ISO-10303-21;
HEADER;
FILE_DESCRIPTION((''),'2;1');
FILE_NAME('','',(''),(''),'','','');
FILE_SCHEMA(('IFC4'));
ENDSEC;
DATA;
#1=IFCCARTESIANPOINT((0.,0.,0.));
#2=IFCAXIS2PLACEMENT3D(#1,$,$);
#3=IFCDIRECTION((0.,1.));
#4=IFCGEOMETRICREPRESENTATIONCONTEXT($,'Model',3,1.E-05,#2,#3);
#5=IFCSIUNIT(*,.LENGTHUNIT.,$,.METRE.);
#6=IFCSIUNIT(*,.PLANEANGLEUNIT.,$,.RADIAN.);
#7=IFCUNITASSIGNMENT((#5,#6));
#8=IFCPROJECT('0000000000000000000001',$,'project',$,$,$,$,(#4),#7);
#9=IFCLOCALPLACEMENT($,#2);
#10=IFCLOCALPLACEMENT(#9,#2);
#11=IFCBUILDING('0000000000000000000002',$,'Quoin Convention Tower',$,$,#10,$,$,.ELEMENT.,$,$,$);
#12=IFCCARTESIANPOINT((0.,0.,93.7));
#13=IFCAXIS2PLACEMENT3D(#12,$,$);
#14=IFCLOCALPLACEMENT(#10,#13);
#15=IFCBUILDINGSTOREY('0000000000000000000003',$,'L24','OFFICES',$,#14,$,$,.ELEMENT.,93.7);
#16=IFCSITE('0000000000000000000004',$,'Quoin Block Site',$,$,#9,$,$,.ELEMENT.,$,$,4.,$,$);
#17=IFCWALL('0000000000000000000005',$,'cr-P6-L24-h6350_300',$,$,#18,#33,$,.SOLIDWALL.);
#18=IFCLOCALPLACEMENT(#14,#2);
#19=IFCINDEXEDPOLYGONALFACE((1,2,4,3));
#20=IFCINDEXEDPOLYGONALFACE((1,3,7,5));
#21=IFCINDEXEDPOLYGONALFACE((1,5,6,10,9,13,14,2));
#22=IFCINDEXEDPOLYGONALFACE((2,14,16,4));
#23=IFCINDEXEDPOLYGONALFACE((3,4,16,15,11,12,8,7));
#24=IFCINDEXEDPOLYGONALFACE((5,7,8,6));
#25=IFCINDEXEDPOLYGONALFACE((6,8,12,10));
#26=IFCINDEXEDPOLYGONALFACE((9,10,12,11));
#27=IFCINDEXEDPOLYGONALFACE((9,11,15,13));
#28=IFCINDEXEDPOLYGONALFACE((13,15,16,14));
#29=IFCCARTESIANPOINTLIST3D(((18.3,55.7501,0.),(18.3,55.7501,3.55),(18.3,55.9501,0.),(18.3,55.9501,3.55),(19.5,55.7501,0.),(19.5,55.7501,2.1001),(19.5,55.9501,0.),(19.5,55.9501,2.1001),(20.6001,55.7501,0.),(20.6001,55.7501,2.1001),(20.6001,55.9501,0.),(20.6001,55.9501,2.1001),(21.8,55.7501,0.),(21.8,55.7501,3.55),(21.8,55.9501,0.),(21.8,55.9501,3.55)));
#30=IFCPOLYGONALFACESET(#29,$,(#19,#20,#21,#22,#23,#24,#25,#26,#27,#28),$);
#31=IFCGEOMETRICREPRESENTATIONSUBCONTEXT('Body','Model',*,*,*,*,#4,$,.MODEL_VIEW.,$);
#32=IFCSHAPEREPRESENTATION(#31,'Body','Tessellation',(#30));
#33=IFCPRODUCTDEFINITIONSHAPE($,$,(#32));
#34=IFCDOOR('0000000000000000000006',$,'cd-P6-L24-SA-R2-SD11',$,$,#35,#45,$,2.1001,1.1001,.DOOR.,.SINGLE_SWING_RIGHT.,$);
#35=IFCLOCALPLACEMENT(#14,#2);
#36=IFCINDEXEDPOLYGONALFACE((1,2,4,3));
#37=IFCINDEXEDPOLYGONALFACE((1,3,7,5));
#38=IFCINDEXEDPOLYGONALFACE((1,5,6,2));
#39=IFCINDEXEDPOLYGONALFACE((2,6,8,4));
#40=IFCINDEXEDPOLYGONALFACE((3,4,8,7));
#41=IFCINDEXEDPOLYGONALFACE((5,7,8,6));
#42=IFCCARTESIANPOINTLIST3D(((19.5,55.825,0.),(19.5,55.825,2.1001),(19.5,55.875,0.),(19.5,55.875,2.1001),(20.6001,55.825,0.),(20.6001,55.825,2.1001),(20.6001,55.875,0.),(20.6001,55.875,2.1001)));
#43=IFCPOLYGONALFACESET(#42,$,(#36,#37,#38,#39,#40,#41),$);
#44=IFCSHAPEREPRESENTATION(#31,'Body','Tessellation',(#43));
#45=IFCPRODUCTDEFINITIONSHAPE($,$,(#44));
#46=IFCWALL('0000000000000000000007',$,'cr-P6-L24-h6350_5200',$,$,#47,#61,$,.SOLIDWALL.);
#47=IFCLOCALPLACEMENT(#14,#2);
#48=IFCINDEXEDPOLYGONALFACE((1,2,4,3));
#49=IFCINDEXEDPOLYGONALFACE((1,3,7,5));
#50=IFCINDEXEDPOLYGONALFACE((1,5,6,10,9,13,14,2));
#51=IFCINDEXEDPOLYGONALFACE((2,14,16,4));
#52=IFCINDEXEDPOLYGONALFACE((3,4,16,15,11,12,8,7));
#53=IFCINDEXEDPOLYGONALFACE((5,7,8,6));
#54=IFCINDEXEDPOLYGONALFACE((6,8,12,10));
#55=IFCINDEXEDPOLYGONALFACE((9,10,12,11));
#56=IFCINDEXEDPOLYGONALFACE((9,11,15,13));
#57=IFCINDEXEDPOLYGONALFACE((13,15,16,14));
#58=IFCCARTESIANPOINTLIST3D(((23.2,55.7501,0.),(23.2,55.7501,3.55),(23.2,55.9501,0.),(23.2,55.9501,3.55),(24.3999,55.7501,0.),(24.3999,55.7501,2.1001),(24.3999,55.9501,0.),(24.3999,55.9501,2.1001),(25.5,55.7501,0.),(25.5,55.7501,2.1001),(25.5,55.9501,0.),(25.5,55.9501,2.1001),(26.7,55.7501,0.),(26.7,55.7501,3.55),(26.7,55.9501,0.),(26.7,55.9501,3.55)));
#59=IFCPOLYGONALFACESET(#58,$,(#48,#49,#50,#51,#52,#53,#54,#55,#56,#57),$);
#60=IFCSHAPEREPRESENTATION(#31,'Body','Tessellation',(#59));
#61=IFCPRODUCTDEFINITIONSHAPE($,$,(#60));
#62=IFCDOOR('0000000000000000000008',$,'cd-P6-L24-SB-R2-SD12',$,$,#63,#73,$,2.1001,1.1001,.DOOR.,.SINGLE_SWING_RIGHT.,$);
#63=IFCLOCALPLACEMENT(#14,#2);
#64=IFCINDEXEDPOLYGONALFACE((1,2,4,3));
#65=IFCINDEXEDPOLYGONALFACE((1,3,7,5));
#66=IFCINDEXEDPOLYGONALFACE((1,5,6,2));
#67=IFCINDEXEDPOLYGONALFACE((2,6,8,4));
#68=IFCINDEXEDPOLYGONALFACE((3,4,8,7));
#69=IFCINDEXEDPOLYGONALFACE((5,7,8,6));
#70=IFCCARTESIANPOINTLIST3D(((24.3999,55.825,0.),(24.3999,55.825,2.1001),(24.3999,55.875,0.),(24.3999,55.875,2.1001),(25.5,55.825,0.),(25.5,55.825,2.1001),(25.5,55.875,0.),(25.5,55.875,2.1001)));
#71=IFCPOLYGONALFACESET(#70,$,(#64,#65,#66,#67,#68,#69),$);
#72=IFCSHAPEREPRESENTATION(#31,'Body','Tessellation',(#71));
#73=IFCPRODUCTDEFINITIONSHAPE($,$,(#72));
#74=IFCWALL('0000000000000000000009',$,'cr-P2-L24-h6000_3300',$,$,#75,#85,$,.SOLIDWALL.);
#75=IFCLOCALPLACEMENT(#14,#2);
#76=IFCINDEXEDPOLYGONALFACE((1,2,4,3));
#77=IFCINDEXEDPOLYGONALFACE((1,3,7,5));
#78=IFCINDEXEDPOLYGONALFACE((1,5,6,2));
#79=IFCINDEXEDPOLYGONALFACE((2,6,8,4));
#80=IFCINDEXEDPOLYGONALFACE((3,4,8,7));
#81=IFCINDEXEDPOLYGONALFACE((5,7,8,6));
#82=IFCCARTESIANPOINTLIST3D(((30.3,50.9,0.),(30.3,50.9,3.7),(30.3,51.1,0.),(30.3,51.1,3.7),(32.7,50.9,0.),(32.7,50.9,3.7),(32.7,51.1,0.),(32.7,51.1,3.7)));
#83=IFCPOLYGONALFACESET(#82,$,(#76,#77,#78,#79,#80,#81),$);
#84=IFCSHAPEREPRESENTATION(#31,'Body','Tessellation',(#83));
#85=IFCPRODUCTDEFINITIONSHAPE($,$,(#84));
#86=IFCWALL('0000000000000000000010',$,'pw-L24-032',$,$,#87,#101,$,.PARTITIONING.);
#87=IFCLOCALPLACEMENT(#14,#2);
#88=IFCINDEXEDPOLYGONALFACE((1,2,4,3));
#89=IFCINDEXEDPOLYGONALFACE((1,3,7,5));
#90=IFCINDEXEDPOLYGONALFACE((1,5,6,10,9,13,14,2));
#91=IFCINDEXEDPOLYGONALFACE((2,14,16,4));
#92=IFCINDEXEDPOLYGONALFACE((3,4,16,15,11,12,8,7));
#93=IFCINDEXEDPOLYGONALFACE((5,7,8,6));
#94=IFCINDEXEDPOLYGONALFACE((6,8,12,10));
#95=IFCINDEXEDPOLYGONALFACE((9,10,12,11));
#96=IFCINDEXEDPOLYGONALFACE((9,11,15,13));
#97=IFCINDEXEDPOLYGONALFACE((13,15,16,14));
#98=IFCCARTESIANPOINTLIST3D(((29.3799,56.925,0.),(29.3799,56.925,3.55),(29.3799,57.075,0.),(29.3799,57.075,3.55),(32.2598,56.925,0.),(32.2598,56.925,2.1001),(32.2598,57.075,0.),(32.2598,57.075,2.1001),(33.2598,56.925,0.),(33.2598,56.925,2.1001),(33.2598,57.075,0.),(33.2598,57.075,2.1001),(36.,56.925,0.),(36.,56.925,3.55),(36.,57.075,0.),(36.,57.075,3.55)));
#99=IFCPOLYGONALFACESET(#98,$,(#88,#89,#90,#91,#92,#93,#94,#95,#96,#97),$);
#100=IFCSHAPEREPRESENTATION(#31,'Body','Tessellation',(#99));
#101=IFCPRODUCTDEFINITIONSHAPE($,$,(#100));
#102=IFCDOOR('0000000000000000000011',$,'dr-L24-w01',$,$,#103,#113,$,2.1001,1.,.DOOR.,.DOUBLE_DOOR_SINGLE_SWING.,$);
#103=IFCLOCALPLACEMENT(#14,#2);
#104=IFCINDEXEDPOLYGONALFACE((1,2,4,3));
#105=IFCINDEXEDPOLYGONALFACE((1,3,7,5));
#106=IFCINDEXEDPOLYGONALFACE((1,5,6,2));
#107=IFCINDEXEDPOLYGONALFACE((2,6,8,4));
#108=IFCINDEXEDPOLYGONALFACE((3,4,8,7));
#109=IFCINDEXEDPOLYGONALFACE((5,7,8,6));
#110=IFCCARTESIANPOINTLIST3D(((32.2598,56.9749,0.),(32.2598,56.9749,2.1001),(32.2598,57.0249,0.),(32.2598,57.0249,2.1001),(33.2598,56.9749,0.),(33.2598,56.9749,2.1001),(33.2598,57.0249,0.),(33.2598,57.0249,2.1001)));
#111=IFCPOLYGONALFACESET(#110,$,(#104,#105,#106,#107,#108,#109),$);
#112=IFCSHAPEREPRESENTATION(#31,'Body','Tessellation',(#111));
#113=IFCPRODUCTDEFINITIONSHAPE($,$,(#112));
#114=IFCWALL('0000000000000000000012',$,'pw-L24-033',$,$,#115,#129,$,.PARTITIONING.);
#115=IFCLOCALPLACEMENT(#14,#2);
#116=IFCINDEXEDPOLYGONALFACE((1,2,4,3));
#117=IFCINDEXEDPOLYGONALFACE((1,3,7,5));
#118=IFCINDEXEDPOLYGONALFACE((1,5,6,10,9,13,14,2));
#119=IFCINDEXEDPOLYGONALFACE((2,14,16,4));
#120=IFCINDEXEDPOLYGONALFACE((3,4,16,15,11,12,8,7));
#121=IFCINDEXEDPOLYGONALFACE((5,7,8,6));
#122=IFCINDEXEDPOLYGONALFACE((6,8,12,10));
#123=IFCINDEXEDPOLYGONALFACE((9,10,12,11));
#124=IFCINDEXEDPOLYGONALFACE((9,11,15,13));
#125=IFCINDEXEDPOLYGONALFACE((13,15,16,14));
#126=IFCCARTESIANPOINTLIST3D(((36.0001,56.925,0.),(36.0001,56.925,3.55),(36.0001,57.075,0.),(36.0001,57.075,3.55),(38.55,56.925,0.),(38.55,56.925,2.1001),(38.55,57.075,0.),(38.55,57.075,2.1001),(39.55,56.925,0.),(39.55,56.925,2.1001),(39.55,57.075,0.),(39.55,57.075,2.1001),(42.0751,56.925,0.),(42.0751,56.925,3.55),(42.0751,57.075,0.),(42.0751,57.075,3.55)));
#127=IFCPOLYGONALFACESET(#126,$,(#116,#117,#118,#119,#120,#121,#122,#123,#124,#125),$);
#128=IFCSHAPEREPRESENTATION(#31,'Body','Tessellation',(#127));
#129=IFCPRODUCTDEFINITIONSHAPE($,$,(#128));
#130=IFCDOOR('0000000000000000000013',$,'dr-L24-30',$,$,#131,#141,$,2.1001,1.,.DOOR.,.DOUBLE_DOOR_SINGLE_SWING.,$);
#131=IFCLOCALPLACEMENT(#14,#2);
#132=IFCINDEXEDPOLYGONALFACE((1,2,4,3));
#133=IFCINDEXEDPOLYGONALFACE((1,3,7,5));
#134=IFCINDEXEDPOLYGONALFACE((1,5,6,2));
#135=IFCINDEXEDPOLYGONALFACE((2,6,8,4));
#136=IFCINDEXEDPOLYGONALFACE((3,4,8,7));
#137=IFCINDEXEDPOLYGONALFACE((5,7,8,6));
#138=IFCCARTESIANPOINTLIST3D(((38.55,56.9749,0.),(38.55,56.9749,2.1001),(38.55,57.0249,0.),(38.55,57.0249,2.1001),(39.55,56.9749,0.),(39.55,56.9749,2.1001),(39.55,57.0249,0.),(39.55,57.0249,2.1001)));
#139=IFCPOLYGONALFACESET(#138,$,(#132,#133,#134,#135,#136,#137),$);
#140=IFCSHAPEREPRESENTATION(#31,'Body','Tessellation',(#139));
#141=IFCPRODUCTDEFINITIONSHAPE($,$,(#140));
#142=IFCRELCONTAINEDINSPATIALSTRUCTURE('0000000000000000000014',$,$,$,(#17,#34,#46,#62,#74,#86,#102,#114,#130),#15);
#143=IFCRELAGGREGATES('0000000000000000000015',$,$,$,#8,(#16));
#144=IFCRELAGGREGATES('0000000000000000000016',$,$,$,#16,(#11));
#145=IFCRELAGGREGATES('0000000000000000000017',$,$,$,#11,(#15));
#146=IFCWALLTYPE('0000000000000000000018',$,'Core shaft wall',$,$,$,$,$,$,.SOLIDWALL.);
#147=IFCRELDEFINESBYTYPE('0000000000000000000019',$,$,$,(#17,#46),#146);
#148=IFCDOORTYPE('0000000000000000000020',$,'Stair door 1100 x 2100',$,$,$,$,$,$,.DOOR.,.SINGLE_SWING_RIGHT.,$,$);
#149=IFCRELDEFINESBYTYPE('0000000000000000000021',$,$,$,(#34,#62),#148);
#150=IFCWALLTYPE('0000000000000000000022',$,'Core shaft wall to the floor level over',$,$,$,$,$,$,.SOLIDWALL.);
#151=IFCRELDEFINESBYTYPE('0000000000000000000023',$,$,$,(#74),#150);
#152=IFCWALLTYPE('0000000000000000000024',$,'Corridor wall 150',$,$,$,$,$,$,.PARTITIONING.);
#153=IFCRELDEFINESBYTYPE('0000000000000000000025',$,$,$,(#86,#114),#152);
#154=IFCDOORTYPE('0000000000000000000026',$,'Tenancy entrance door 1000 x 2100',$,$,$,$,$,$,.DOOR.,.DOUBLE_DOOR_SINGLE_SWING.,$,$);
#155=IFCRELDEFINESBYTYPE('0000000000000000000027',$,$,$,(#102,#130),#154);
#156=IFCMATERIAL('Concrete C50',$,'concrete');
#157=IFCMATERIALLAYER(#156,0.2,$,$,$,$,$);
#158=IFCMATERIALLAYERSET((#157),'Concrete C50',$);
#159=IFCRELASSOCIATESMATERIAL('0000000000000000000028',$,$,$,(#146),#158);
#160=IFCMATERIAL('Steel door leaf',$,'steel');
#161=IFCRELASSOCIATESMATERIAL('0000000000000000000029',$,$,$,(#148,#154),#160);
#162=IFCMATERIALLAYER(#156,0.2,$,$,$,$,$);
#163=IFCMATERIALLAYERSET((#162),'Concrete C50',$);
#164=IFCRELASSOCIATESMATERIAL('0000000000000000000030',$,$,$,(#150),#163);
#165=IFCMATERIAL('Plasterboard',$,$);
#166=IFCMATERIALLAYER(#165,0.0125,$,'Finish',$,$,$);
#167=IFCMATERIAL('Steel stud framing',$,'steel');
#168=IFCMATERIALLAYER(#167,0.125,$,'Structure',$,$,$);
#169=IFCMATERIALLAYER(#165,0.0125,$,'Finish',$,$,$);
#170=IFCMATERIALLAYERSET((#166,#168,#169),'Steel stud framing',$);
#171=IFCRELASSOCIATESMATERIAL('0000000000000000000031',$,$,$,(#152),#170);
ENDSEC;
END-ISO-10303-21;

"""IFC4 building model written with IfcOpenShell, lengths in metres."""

from ifc_helpers import new_model, si_unit, direction, frame, frame_2d, origin, place, context, subcontext, project, spatial, rectangle, extrude, material, layer, layer_set, type_object, element, fill, save


model = new_model("IFC4")

# Units and contexts
model_context = context("Model", 3, precision=1e-05, world=origin(), true_north=direction((0.0, 1.0)))
body_context = subcontext(model_context, "Body", "Model", "MODEL_VIEW")
ifc_project = project(units=[si_unit("LENGTHUNIT", "METRE"), si_unit("PLANEANGLEUNIT", "RADIAN")], contexts=[model_context])

# Site, building, storey
site_placement = place(None, origin())
site = spatial("IfcSite", under=ifc_project, at=site_placement, Name="Quoin Block Site", CompositionType="ELEMENT", RefElevation=4.0)
building_placement = place(site_placement, origin())
building = spatial("IfcBuilding", under=site, at=building_placement, Name="Quoin Convention Tower", CompositionType="ELEMENT")
storey_placement = place(building_placement, frame((0.0, 0.0, 93.7)))
storey = spatial("IfcBuildingStorey", under=building, at=storey_placement, Name="L24", Description="OFFICES", CompositionType="ELEMENT", Elevation=93.7)

# Shared definitions
ifc_material_1 = material(Name="Concrete C50", Category="concrete")
ifc_layer_1 = layer(ifc_material_1, 0.2)
ifc_layer_set_1 = layer_set([ifc_layer_1], Name="Concrete C50")
wall_type_1 = type_object("IfcWallType", Name="Core shaft wall", PredefinedType="SOLIDWALL", material=ifc_layer_set_1)

# Walls, openings, doors
wall_1_placement = place(storey_placement, frame((18.3, 55.8501, 0.0), z_axis=(0.0, 0.0, 1.0), x_axis=(1.0, 0.0, 0.0)))
wall_1 = element("IfcWall", 1, at=wall_1_placement, inside=storey, type_object=wall_type_1, Name="cr-P6-L24-h6350_300", PredefinedType="SOLIDWALL", context=body_context, shape_type="SweptSolid", body=[
    extrude(rectangle(XDim=3.5, YDim=0.2, at=frame_2d((1.75, 0.0))), origin(), (0.0, 0.0, 1.0), 3.55),
])
opening_1_placement = place(wall_1_placement, frame((1.2, 0.0, 0.0)))
opening_1 = element("IfcOpeningElement", 2, at=opening_1_placement, cuts=wall_1, PredefinedType="OPENING", context=body_context, shape_type="SweptSolid", body=[
    extrude(rectangle(XDim=1.1001, YDim=2.1001, at=frame_2d((0.55, 1.05))), frame((0.0, 0.1099, 0.0), z_axis=(0.0, -1.0, 0.0), x_axis=(1.0, 0.0, 0.0)), (0.0, 0.0, 1.0), 0.22),
])
ifc_material_2 = material(Name="Steel door leaf", Category="steel")
door_type_1 = type_object("IfcDoorType", Name="Stair door 1100 x 2100", OperationType="SINGLE_SWING_RIGHT", PredefinedType="DOOR", material=ifc_material_2)
door_1_placement = place(opening_1_placement, origin())
door_1 = element("IfcDoor", 3, at=door_1_placement, inside=storey, type_object=door_type_1, Name="cd-P6-L24-SA-R2-SD11", OperationType="SINGLE_SWING_RIGHT", OverallHeight=2.1001, OverallWidth=1.1001, PredefinedType="DOOR", context=body_context, shape_type="SweptSolid", body=[
    extrude(rectangle(XDim=1.1001, YDim=2.1001, at=frame_2d((0.55, 1.05))), frame((0.0, 0.0249, 0.0), z_axis=(0.0, -1.0, 0.0), x_axis=(1.0, 0.0, 0.0)), (0.0, 0.0, 1.0), 0.05),
])
fill(opening_1, door_1)
wall_2_placement = place(storey_placement, frame((23.2, 55.8501, 0.0), z_axis=(0.0, 0.0, 1.0), x_axis=(1.0, 0.0, 0.0)))
wall_2 = element("IfcWall", 4, at=wall_2_placement, inside=storey, type_object=wall_type_1, Name="cr-P6-L24-h6350_5200", PredefinedType="SOLIDWALL", context=body_context, shape_type="SweptSolid", body=[
    extrude(rectangle(XDim=3.5, YDim=0.2, at=frame_2d((1.75, 0.0))), origin(), (0.0, 0.0, 1.0), 3.55),
])
opening_2_placement = place(wall_2_placement, frame((1.2, 0.0, 0.0)))
opening_2 = element("IfcOpeningElement", 5, at=opening_2_placement, cuts=wall_2, PredefinedType="OPENING", context=body_context, shape_type="SweptSolid", body=[
    extrude(rectangle(XDim=1.1001, YDim=2.1001, at=frame_2d((0.55, 1.05))), frame((0.0, 0.1099, 0.0), z_axis=(0.0, -1.0, 0.0), x_axis=(1.0, 0.0, 0.0)), (0.0, 0.0, 1.0), 0.22),
])
door_2_placement = place(opening_2_placement, origin())
door_2 = element("IfcDoor", 6, at=door_2_placement, inside=storey, type_object=door_type_1, Name="cd-P6-L24-SB-R2-SD12", OperationType="SINGLE_SWING_RIGHT", OverallHeight=2.1001, OverallWidth=1.1001, PredefinedType="DOOR", context=body_context, shape_type="SweptSolid", body=[
    extrude(rectangle(XDim=1.1001, YDim=2.1001, at=frame_2d((0.55, 1.05))), frame((0.0, 0.0249, 0.0), z_axis=(0.0, -1.0, 0.0), x_axis=(1.0, 0.0, 0.0)), (0.0, 0.0, 1.0), 0.05),
])
fill(opening_2, door_2)

# Wall
ifc_layer_2 = layer(ifc_material_1, 0.2)
ifc_layer_set_2 = layer_set([ifc_layer_2], Name="Concrete C50")
wall_type_2 = type_object("IfcWallType", Name="Core shaft wall to the floor level over", PredefinedType="SOLIDWALL", material=ifc_layer_set_2)
wall_3_placement = place(storey_placement, frame((30.3, 51.0, 0.0), z_axis=(0.0, 0.0, 1.0), x_axis=(1.0, 0.0, 0.0)))
element("IfcWall", 7, at=wall_3_placement, inside=storey, type_object=wall_type_2, Name="cr-P2-L24-h6000_3300", PredefinedType="SOLIDWALL", context=body_context, shape_type="SweptSolid", body=[
    extrude(rectangle(XDim=2.3999, YDim=0.2, at=frame_2d((1.2, 0.0))), origin(), (0.0, 0.0, 1.0), 3.7),
])

# Walls, openings, doors
ifc_material_3 = material(Name="Plasterboard")
ifc_layer_3 = layer(ifc_material_3, 0.0125, Name="Finish")
ifc_material_4 = material(Name="Steel stud framing", Category="steel")
ifc_layer_4 = layer(ifc_material_4, 0.125, Name="Structure")
ifc_layer_5 = layer(ifc_material_3, 0.0125, Name="Finish")
ifc_layer_set_3 = layer_set([ifc_layer_3, ifc_layer_4, ifc_layer_5], Name="Steel stud framing")
wall_type_3 = type_object("IfcWallType", Name="Corridor wall 150", PredefinedType="PARTITIONING", material=ifc_layer_set_3)
wall_4_placement = place(storey_placement, frame((29.3799, 57.0, 0.0), z_axis=(0.0, 0.0, 1.0), x_axis=(1.0, 0.0, 0.0)))
wall_4 = element("IfcWall", 8, at=wall_4_placement, inside=storey, type_object=wall_type_3, Name="pw-L24-032", PredefinedType="PARTITIONING", context=body_context, shape_type="SweptSolid", body=[
    extrude(rectangle(XDim=6.6201, YDim=0.1499, at=frame_2d((3.3101, 0.0))), origin(), (0.0, 0.0, 1.0), 3.55),
])
opening_3_placement = place(wall_4_placement, frame((2.8799, 0.0, 0.0)))
opening_3 = element("IfcOpeningElement", 9, at=opening_3_placement, cuts=wall_4, PredefinedType="OPENING", context=body_context, shape_type="SweptSolid", body=[
    extrude(rectangle(XDim=1.0, YDim=2.1001, at=frame_2d((0.5, 1.05))), frame((0.0, 0.085, 0.0), z_axis=(0.0, -1.0, 0.0), x_axis=(1.0, 0.0, 0.0)), (0.0, 0.0, 1.0), 0.1699),
])
door_type_2 = type_object("IfcDoorType", Name="Tenancy entrance door 1000 x 2100", OperationType="DOUBLE_DOOR_SINGLE_SWING", PredefinedType="DOOR", material=ifc_material_2)
door_3_placement = place(opening_3_placement, origin())
door_3 = element("IfcDoor", 10, at=door_3_placement, inside=storey, type_object=door_type_2, Name="dr-L24-w01", OperationType="DOUBLE_DOOR_SINGLE_SWING", OverallHeight=2.1001, OverallWidth=1.0, PredefinedType="DOOR", context=body_context, shape_type="SweptSolid", body=[
    extrude(rectangle(XDim=1.0, YDim=2.1001, at=frame_2d((0.5, 1.05))), frame((0.0, 0.0249, 0.0), z_axis=(0.0, -1.0, 0.0), x_axis=(1.0, 0.0, 0.0)), (0.0, 0.0, 1.0), 0.05),
])
fill(opening_3, door_3)
wall_5_placement = place(storey_placement, frame((36.0, 57.0, 0.0), z_axis=(0.0, 0.0, 1.0), x_axis=(1.0, 0.0, 0.0)))
wall_5 = element("IfcWall", 11, at=wall_5_placement, inside=storey, type_object=wall_type_3, Name="pw-L24-033", PredefinedType="PARTITIONING", context=body_context, shape_type="SweptSolid", body=[
    extrude(rectangle(XDim=6.075, YDim=0.1499, at=frame_2d((3.0376, 0.0))), origin(), (0.0, 0.0, 1.0), 3.55),
])
opening_4_placement = place(wall_5_placement, frame((2.55, 0.0, 0.0)))
opening_4 = element("IfcOpeningElement", 12, at=opening_4_placement, cuts=wall_5, PredefinedType="OPENING", context=body_context, shape_type="SweptSolid", body=[
    extrude(rectangle(XDim=1.0, YDim=2.1001, at=frame_2d((0.5, 1.05))), frame((0.0, 0.085, 0.0), z_axis=(0.0, -1.0, 0.0), x_axis=(1.0, 0.0, 0.0)), (0.0, 0.0, 1.0), 0.1699),
])
door_4_placement = place(opening_4_placement, origin())
door_4 = element("IfcDoor", 13, at=door_4_placement, inside=storey, type_object=door_type_2, Name="dr-L24-30", OperationType="DOUBLE_DOOR_SINGLE_SWING", OverallHeight=2.1001, OverallWidth=1.0, PredefinedType="DOOR", context=body_context, shape_type="SweptSolid", body=[
    extrude(rectangle(XDim=1.0, YDim=2.1001, at=frame_2d((0.5, 1.05))), frame((0.0, 0.0249, 0.0), z_axis=(0.0, -1.0, 0.0), x_axis=(1.0, 0.0, 0.0)), (0.0, 0.0, 1.0), 0.05),
])
fill(opening_4, door_4)

save(model, "model.ifc")
